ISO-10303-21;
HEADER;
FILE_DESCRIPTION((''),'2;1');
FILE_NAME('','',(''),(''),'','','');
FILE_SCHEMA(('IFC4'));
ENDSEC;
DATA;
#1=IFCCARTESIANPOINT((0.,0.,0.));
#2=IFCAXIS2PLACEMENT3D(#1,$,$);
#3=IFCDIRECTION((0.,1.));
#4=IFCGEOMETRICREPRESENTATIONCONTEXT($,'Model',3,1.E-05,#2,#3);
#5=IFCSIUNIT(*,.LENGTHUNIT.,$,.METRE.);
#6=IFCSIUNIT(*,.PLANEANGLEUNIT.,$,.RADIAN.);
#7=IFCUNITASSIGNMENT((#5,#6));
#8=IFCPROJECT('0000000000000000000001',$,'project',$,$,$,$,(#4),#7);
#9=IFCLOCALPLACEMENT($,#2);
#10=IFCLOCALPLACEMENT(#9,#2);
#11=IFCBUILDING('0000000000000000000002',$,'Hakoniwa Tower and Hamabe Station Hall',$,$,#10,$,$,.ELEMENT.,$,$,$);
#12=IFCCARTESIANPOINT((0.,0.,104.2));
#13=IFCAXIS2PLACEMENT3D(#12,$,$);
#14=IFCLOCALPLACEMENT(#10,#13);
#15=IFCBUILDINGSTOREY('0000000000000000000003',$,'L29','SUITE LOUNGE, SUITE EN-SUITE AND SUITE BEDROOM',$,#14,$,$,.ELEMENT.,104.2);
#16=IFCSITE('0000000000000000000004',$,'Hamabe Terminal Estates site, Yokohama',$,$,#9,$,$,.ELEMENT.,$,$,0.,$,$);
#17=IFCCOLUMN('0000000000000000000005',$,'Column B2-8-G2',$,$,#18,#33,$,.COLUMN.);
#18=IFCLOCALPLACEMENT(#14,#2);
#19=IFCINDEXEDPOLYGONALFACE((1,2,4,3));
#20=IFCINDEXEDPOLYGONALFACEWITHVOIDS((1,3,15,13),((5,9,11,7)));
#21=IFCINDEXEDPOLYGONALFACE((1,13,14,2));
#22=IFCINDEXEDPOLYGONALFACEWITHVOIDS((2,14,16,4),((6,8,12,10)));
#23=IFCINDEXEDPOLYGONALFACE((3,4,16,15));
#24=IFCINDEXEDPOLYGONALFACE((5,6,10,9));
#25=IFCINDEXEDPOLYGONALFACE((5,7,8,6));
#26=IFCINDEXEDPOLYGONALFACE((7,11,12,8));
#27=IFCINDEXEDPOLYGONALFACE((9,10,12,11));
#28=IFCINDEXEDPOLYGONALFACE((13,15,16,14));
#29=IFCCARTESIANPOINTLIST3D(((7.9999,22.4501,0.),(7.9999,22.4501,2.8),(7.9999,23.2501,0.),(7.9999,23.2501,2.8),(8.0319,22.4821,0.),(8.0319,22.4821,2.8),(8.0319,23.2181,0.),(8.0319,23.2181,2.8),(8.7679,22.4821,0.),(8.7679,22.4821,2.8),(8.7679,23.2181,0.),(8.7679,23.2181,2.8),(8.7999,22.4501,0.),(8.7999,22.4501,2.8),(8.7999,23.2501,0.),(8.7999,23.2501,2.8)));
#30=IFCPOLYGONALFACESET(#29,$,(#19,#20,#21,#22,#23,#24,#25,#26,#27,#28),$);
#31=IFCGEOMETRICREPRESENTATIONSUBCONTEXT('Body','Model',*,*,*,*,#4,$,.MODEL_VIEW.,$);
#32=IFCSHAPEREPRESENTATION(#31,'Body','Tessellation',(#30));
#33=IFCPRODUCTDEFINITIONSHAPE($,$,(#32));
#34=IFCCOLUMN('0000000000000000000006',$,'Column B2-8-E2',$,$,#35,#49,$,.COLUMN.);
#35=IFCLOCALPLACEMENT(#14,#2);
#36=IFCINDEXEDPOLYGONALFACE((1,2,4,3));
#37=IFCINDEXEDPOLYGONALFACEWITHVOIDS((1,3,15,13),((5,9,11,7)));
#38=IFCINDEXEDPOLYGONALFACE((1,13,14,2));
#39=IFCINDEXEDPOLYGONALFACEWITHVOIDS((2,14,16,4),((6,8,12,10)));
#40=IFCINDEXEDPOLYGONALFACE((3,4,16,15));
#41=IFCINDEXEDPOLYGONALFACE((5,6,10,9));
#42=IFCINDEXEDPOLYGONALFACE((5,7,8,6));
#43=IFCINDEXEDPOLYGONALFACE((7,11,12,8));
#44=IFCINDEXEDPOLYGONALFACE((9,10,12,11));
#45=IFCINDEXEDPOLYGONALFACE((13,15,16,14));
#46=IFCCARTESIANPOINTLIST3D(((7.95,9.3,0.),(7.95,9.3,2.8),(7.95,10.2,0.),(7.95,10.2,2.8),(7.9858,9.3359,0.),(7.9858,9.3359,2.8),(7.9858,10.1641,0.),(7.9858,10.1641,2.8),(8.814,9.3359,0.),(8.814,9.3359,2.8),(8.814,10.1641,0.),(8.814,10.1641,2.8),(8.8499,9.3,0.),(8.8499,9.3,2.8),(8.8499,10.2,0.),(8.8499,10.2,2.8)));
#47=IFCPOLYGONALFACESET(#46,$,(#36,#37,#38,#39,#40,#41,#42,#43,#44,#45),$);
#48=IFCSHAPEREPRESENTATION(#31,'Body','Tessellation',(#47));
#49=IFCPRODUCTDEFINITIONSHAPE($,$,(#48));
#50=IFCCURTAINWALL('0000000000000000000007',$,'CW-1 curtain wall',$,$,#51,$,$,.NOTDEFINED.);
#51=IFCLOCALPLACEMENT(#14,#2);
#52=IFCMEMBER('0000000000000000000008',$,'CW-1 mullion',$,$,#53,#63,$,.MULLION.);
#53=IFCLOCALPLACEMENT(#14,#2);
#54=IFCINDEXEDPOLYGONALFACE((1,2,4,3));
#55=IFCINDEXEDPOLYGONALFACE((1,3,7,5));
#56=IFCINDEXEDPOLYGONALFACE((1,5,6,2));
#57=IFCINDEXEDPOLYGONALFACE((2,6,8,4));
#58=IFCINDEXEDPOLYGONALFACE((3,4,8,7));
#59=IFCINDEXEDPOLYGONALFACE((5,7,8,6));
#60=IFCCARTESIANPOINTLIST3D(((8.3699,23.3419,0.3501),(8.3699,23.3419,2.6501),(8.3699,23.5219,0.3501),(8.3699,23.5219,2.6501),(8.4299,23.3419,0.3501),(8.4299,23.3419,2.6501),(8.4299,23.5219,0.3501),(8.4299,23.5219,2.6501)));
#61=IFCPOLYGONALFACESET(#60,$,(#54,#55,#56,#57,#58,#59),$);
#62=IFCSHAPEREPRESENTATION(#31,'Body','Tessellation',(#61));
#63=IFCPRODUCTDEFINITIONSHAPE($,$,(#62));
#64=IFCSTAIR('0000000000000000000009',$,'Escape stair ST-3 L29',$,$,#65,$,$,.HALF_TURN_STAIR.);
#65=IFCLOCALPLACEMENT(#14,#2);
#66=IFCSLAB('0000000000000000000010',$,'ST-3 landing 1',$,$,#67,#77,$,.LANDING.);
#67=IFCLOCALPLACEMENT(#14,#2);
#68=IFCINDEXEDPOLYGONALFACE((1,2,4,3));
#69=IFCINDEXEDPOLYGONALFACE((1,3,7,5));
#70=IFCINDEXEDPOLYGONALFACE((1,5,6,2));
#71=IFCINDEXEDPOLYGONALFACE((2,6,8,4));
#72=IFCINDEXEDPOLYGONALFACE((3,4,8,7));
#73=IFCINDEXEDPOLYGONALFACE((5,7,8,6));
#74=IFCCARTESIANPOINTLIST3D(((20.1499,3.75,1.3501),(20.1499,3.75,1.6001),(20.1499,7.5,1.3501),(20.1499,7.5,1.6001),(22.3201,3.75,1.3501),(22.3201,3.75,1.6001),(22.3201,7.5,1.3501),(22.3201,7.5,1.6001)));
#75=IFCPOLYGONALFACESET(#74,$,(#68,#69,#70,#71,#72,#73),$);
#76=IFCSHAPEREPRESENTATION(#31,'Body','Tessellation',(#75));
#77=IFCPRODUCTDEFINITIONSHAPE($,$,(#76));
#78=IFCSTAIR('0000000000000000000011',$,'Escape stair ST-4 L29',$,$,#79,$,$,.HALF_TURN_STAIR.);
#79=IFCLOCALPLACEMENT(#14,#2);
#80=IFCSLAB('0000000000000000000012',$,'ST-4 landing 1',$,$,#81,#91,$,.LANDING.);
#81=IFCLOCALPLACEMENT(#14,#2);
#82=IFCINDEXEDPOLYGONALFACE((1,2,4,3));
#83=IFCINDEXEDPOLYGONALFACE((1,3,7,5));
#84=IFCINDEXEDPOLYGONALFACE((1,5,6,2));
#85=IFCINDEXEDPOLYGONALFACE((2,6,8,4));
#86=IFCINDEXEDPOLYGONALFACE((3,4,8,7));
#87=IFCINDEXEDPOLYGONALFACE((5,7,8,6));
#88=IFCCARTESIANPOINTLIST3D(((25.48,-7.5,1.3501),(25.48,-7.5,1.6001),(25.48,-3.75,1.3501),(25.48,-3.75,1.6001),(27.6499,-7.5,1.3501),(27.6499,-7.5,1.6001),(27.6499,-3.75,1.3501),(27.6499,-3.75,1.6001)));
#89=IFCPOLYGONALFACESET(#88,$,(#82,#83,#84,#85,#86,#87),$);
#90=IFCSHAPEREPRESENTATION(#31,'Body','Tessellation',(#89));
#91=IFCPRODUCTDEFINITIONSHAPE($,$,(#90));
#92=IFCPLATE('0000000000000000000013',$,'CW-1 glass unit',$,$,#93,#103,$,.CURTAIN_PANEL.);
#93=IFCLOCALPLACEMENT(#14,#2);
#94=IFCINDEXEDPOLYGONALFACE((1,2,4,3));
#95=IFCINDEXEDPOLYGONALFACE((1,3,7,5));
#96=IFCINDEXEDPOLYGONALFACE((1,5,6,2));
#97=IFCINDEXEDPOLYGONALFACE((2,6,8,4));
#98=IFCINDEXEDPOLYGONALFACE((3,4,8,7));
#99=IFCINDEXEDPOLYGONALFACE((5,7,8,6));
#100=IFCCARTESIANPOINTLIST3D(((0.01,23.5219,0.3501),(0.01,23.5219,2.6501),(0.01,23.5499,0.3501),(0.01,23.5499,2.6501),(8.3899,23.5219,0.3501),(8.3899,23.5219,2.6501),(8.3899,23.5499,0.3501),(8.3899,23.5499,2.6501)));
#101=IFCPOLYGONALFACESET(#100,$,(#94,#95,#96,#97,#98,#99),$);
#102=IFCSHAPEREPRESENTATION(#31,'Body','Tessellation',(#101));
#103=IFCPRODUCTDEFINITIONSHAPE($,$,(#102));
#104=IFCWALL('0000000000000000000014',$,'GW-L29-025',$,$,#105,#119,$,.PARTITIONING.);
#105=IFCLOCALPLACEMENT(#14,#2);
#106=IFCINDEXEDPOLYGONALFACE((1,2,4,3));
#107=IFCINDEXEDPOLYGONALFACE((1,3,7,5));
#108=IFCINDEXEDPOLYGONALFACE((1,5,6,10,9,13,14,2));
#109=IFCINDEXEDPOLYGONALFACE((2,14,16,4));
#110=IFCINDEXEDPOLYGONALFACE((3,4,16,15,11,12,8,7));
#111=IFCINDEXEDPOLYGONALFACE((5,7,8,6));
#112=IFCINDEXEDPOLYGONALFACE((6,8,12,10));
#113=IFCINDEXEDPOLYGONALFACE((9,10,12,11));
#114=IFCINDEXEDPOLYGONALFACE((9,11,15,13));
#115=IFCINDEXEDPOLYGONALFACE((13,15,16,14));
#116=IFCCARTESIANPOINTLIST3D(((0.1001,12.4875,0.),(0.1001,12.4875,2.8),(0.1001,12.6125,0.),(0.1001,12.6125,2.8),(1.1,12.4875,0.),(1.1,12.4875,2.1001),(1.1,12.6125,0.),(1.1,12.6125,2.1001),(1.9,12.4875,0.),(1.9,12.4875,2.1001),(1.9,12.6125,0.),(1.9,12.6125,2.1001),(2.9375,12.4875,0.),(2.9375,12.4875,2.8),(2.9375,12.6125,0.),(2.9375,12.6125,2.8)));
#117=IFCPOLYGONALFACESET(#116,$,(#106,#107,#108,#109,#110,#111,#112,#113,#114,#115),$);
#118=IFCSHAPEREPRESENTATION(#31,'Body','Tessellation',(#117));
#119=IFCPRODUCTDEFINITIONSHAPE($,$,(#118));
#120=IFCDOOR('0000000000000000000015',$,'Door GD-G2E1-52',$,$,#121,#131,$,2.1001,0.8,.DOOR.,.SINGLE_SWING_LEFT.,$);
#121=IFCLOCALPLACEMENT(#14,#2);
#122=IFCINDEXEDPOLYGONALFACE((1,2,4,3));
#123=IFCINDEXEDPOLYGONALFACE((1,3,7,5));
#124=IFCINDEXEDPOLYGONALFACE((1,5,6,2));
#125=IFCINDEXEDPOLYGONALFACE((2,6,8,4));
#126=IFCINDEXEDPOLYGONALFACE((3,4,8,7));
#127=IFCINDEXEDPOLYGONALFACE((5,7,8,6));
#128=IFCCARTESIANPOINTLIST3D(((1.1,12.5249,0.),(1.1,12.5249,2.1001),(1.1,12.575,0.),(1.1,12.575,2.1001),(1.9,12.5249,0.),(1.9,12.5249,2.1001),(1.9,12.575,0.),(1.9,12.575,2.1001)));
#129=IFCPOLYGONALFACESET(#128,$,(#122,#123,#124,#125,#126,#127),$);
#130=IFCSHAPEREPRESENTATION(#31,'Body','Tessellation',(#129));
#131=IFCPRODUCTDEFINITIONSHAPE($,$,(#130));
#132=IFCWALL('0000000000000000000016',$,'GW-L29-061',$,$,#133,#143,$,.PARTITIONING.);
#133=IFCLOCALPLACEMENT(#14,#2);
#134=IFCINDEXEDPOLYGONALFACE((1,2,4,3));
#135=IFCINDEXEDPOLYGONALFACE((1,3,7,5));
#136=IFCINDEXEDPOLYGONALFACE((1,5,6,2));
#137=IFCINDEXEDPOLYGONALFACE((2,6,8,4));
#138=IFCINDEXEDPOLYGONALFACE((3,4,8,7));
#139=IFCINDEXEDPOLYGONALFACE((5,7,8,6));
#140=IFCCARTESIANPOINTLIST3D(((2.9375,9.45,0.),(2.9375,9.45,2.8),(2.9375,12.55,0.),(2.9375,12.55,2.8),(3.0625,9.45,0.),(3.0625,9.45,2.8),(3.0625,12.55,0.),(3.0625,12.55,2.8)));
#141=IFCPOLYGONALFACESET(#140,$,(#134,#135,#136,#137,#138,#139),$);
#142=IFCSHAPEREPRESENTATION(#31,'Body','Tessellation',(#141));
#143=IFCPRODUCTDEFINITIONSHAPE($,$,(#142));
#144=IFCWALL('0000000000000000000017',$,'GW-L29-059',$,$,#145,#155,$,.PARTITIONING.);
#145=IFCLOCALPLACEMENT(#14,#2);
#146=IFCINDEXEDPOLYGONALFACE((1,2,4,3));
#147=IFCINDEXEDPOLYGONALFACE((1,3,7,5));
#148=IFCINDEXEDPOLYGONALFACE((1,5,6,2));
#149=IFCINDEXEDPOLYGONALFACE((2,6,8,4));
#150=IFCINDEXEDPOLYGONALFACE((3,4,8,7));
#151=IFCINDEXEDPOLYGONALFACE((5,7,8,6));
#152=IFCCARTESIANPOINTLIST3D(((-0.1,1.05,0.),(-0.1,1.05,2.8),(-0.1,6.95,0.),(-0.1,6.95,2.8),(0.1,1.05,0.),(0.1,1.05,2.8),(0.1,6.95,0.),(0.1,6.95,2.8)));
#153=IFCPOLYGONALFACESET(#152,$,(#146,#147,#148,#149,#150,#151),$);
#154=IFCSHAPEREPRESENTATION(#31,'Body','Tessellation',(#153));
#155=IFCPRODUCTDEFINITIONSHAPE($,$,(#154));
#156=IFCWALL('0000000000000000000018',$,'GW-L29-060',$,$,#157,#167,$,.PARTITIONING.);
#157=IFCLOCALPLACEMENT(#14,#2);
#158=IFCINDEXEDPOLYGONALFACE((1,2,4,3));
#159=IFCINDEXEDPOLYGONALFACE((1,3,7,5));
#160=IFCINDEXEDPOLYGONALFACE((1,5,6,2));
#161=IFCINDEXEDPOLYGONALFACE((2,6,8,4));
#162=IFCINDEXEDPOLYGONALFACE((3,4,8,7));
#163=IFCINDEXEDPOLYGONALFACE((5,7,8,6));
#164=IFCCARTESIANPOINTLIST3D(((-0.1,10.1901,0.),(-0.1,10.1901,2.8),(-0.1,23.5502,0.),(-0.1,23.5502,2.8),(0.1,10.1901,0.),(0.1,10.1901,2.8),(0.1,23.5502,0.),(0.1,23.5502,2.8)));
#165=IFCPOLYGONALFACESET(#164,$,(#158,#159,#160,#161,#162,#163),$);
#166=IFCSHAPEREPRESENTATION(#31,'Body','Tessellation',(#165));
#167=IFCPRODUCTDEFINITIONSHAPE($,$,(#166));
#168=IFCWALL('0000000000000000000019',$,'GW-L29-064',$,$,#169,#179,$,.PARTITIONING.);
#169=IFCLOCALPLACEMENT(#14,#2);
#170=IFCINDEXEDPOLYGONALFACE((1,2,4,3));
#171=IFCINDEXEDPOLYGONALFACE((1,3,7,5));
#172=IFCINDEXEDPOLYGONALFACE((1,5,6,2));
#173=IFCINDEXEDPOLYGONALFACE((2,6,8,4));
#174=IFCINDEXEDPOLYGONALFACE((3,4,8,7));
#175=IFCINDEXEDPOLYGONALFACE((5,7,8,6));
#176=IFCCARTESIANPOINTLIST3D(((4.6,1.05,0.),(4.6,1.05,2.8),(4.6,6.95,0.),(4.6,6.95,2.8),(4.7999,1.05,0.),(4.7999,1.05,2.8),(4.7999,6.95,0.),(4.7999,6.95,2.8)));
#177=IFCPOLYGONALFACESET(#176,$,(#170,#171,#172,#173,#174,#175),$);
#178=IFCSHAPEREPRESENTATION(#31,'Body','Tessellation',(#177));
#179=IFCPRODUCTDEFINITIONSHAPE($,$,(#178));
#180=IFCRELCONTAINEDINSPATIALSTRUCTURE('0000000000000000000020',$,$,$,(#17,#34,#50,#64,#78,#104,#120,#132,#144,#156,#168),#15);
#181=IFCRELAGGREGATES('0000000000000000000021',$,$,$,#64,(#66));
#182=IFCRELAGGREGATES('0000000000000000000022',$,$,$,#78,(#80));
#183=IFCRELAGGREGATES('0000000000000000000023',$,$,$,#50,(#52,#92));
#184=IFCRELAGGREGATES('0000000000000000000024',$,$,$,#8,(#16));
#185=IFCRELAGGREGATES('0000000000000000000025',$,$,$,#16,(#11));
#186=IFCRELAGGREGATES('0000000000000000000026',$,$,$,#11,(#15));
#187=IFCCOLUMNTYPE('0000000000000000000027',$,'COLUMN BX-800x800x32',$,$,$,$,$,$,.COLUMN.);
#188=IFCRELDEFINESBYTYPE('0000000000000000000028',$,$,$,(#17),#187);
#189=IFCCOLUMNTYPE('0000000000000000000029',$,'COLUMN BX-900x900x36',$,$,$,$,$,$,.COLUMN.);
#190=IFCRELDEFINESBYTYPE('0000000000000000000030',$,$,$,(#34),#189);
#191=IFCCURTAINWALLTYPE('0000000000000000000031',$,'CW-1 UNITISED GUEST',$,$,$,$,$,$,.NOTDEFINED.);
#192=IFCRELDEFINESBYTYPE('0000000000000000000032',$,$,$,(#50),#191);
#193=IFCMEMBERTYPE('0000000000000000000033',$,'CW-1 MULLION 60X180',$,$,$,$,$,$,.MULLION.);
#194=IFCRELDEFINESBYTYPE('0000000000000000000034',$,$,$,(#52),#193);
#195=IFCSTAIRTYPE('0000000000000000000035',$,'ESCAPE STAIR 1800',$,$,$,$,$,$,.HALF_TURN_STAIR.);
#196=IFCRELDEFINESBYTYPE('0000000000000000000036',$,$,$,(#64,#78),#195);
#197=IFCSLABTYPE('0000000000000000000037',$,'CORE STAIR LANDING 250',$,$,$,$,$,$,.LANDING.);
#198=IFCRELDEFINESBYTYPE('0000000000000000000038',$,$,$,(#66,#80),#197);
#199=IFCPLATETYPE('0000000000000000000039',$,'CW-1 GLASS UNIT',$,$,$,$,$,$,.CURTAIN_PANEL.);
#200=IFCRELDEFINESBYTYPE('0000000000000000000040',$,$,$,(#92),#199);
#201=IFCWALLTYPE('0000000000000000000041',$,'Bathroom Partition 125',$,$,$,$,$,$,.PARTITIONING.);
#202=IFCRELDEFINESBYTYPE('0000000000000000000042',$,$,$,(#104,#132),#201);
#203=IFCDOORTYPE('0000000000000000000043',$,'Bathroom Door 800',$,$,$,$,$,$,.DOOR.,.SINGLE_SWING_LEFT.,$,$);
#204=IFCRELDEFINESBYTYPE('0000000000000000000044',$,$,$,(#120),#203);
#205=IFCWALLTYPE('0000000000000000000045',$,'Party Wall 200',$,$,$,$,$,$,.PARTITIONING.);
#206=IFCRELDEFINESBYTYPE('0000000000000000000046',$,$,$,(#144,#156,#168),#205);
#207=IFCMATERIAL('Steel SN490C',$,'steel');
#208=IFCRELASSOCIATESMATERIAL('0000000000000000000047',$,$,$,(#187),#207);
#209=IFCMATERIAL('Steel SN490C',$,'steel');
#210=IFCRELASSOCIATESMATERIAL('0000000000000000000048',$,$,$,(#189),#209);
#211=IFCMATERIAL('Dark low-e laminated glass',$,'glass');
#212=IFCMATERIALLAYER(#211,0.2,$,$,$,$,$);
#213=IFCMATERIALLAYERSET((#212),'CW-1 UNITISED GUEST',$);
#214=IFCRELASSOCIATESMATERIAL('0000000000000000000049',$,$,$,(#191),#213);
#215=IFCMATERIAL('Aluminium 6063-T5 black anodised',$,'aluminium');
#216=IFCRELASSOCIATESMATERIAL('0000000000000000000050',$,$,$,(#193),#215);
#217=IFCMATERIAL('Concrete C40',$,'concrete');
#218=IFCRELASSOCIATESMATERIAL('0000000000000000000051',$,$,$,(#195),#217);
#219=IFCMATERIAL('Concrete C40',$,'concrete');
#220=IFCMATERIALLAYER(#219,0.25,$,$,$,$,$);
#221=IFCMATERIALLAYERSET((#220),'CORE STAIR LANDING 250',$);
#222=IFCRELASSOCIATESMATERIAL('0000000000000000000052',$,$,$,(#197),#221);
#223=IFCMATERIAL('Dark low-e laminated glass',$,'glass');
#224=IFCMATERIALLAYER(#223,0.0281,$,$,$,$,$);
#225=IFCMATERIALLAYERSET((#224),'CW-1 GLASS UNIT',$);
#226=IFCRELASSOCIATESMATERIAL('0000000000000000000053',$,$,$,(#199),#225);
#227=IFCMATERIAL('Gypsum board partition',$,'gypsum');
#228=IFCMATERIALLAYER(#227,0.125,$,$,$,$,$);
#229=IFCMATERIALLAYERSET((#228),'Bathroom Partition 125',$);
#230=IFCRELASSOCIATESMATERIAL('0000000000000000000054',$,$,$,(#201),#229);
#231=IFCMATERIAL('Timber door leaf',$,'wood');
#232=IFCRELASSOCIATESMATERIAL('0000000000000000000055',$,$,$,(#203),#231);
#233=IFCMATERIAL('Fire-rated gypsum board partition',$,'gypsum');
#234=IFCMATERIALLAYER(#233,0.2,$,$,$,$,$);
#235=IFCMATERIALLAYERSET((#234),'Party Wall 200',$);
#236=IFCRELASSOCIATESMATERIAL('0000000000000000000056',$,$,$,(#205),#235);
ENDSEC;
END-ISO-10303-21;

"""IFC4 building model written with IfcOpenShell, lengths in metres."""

from ifc_helpers import new_model, si_unit, direction, frame, frame_2d, origin, origin_2d, place, context, subcontext, project, spatial, polyline, rectangle, hollow_rectangle, outline, extrude, material, layer, layer_set, material_profile, profile_set, type_object, element, fill, aggregate, save


model = new_model("IFC4")

# Units and contexts
model_context = context("Model", 3, precision=1e-05, world=origin(), true_north=direction((0.0, 1.0)))
body_context = subcontext(model_context, "Body", "Model", "MODEL_VIEW")
ifc_project = project(units=[si_unit("LENGTHUNIT", "METRE"), si_unit("PLANEANGLEUNIT", "RADIAN")], contexts=[model_context])

# Site, building, storey
site_placement = place(None, origin())
site = spatial("IfcSite", under=ifc_project, at=site_placement, Name="Hamabe Terminal Estates site, Yokohama", CompositionType="ELEMENT", RefElevation=0.0)
building_placement = place(site_placement, origin())
building = spatial("IfcBuilding", under=site, at=building_placement, Name="Hakoniwa Tower and Hamabe Station Hall", CompositionType="ELEMENT")
storey_placement = place(building_placement, frame((0.0, 0.0, 104.2)))
storey = spatial("IfcBuildingStorey", under=building, at=storey_placement, Name="L29", Description="SUITE LOUNGE, SUITE EN-SUITE AND SUITE BEDROOM", CompositionType="ELEMENT", Elevation=104.2)

# Columns
ifc_material_1 = material(Name="Steel SN490C", Category="steel")
ifc_material_profile_1 = material_profile(ifc_material_1, hollow_rectangle(XDim=0.8, YDim=0.8, WallThickness=0.032, at=origin_2d()), Name="BX-800x800x32")
ifc_profile_set_1 = profile_set([ifc_material_profile_1], Name="Steel SN490C")
column_type_1 = type_object("IfcColumnType", Name="COLUMN BX-800x800x32", PredefinedType="COLUMN", material=ifc_profile_set_1)
column_1_placement = place(storey_placement, frame((8.3999, 22.8501, 0.0), z_axis=(0.0, 0.0, 1.0), x_axis=(1.0, 0.0, 0.0)))
element("IfcColumn", 1, at=column_1_placement, inside=storey, type_object=column_type_1, Name="Column B2-8-G2", PredefinedType="COLUMN", context=body_context, shape_type="SweptSolid", body=[
    extrude(hollow_rectangle(XDim=0.8, YDim=0.8, WallThickness=0.032, at=origin_2d()), origin(), (0.0, 0.0, 1.0), 2.8),
])
ifc_material_2 = material(Name="Steel SN490C", Category="steel")
ifc_material_profile_2 = material_profile(ifc_material_2, hollow_rectangle(XDim=0.8999, YDim=0.8999, WallThickness=0.0359, at=origin_2d()), Name="BX-900x900x36")
ifc_profile_set_2 = profile_set([ifc_material_profile_2], Name="Steel SN490C")
column_type_2 = type_object("IfcColumnType", Name="COLUMN BX-900x900x36", PredefinedType="COLUMN", material=ifc_profile_set_2)
column_2_placement = place(storey_placement, frame((8.3999, 9.75, 0.0), z_axis=(0.0, 0.0, 1.0), x_axis=(1.0, 0.0, 0.0)))
element("IfcColumn", 2, at=column_2_placement, inside=storey, type_object=column_type_2, Name="Column B2-8-E2", PredefinedType="COLUMN", context=body_context, shape_type="SweptSolid", body=[
    extrude(hollow_rectangle(XDim=0.8999, YDim=0.8999, WallThickness=0.0359, at=origin_2d()), origin(), (0.0, 0.0, 1.0), 2.8),
])

# Curtain wall, member
ifc_material_3 = material(Name="Dark low-e laminated glass", Category="glass")
ifc_layer_1 = layer(ifc_material_3, 0.2)
ifc_layer_set_1 = layer_set([ifc_layer_1], Name="CW-1 UNITISED GUEST")
curtain_wall_type = type_object("IfcCurtainWallType", Name="CW-1 UNITISED GUEST", PredefinedType="NOTDEFINED", material=ifc_layer_set_1)
curtain_wall_placement = place(storey_placement, origin())
curtain_wall = element("IfcCurtainWall", 3, at=curtain_wall_placement, inside=storey, type_object=curtain_wall_type, Name="CW-1 curtain wall", PredefinedType="NOTDEFINED")
ifc_material_4 = material(Name="Aluminium 6063-T5 black anodised", Category="aluminium")
ifc_material_profile_3 = material_profile(ifc_material_4, rectangle(XDim=0.0601, YDim=0.1799, at=origin_2d()), Name="CW-1 MULLION 60X180")
ifc_profile_set_3 = profile_set([ifc_material_profile_3], Name="Aluminium 6063-T5 black anodised")
member_type = type_object("IfcMemberType", Name="CW-1 MULLION 60X180", PredefinedType="MULLION", material=ifc_profile_set_3)
member_placement = place(storey_placement, frame((8.3999, 23.4319, 0.3501), z_axis=(0.0, 0.0, 1.0), x_axis=(-1.0, 0.0, 0.0)))
member = element("IfcMember", 4, at=member_placement, type_object=member_type, Name="CW-1 mullion", PredefinedType="MULLION", context=body_context, shape_type="SweptSolid", body=[
    extrude(rectangle(XDim=0.0601, YDim=0.1799, at=origin_2d()), origin(), (0.0, 0.0, 1.0), 2.3),
])

# Stairs, slabs
ifc_material_5 = material(Name="Concrete C40", Category="concrete")
stair_type = type_object("IfcStairType", Name="ESCAPE STAIR 1800", PredefinedType="HALF_TURN_STAIR", material=ifc_material_5)
stair_1_placement = place(storey_placement, origin())
stair_1 = element("IfcStair", 5, at=stair_1_placement, inside=storey, type_object=stair_type, Name="Escape stair ST-3 L29", PredefinedType="HALF_TURN_STAIR")
ifc_material_6 = material(Name="Concrete C40", Category="concrete")
ifc_layer_2 = layer(ifc_material_6, 0.25)
ifc_layer_set_2 = layer_set([ifc_layer_2], Name="CORE STAIR LANDING 250")
slab_type = type_object("IfcSlabType", Name="CORE STAIR LANDING 250", PredefinedType="LANDING", material=ifc_layer_set_2)
slab_1_placement = place(storey_placement, frame((0.0, 0.0, 1.3501)))
slab_1 = element("IfcSlab", 6, at=slab_1_placement, type_object=slab_type, Name="ST-3 landing 1", PredefinedType="LANDING", context=body_context, shape_type="SweptSolid", body=[
    extrude(outline(polyline([(22.3201, 3.75), (20.1499, 3.75), (20.1499, 7.5), (22.3201, 7.5), (22.3201, 3.75)])), origin(), (0.0, 0.0, 1.0), 0.25),
])
aggregate(stair_1, [slab_1])
stair_2_placement = place(storey_placement, origin())
stair_2 = element("IfcStair", 7, at=stair_2_placement, inside=storey, type_object=stair_type, Name="Escape stair ST-4 L29", PredefinedType="HALF_TURN_STAIR")
slab_2_placement = place(storey_placement, frame((0.0, 0.0, 1.3501)))
slab_2 = element("IfcSlab", 8, at=slab_2_placement, type_object=slab_type, Name="ST-4 landing 1", PredefinedType="LANDING", context=body_context, shape_type="SweptSolid", body=[
    extrude(outline(polyline([(25.48, -7.5), (27.6499, -7.5), (27.6499, -3.75), (25.48, -3.75), (25.48, -7.5)])), origin(), (0.0, 0.0, 1.0), 0.25),
])
aggregate(stair_2, [slab_2])

# Plate
ifc_material_7 = material(Name="Dark low-e laminated glass", Category="glass")
ifc_layer_3 = layer(ifc_material_7, 0.0281)
ifc_layer_set_3 = layer_set([ifc_layer_3], Name="CW-1 GLASS UNIT")
plate_type = type_object("IfcPlateType", Name="CW-1 GLASS UNIT", PredefinedType="CURTAIN_PANEL", material=ifc_layer_set_3)
plate_placement = place(storey_placement, frame((4.2, 23.5359, 0.3501), z_axis=(0.0, 0.0, 1.0), x_axis=(-1.0, 0.0, 0.0)))
plate = element("IfcPlate", 9, at=plate_placement, type_object=plate_type, Name="CW-1 glass unit", PredefinedType="CURTAIN_PANEL", context=body_context, shape_type="SweptSolid", body=[
    extrude(rectangle(XDim=8.3799, YDim=0.0281, at=origin_2d()), origin(), (0.0, 0.0, 1.0), 2.3),
])
aggregate(curtain_wall, [member, plate])

# Wall, opening, door
ifc_material_8 = material(Name="Gypsum board partition", Category="gypsum")
ifc_layer_4 = layer(ifc_material_8, 0.125)
ifc_layer_set_4 = layer_set([ifc_layer_4], Name="Bathroom Partition 125")
wall_type_1 = type_object("IfcWallType", Name="Bathroom Partition 125", PredefinedType="PARTITIONING", material=ifc_layer_set_4)
wall_1_placement = place(storey_placement, frame((0.1001, 12.55, 0.0), z_axis=(0.0, 0.0, 1.0), x_axis=(1.0, 0.0, 0.0)))
wall_1 = element("IfcWall", 10, at=wall_1_placement, inside=storey, type_object=wall_type_1, Name="GW-L29-025", PredefinedType="PARTITIONING", context=body_context, shape_type="SweptSolid", body=[
    extrude(rectangle(XDim=2.8374, YDim=0.125, at=frame_2d((1.4187, 0.0))), origin(), (0.0, 0.0, 1.0), 2.8),
])
opening_1_placement = place(wall_1_placement, frame((1.0, 0.0, 0.0)))
opening_1 = element("IfcOpeningElement", 11, at=opening_1_placement, cuts=wall_1, PredefinedType="OPENING", context=body_context, shape_type="SweptSolid", body=[
    extrude(rectangle(XDim=0.8, YDim=2.1001, at=frame_2d((0.3999, 1.05))), frame((0.0, 0.0725, 0.0), z_axis=(0.0, -1.0, 0.0), x_axis=(1.0, 0.0, 0.0)), (0.0, 0.0, 1.0), 0.145),
])
ifc_material_9 = material(Name="Timber door leaf", Category="wood")
door_type_1 = type_object("IfcDoorType", Name="Bathroom Door 800", OperationType="SINGLE_SWING_LEFT", PredefinedType="DOOR", material=ifc_material_9)
door_1_placement = place(opening_1_placement, origin())
door_1 = element("IfcDoor", 12, at=door_1_placement, inside=storey, type_object=door_type_1, Name="Door GD-G2E1-52", OperationType="SINGLE_SWING_LEFT", OverallHeight=2.1001, OverallWidth=0.8, PredefinedType="DOOR", context=body_context, shape_type="SweptSolid", body=[
    extrude(rectangle(XDim=0.8, YDim=2.1001, at=frame_2d((0.3999, 1.05))), frame((0.0, 0.0249, 0.0), z_axis=(0.0, -1.0, 0.0), x_axis=(1.0, 0.0, 0.0)), (0.0, 0.0, 1.0), 0.05),
])
fill(opening_1, door_1)

# Walls
wall_2_placement = place(storey_placement, frame((3.0, 9.45, 0.0), z_axis=(0.0, 0.0, 1.0), x_axis=(0.0, 1.0, 0.0)))
element("IfcWall", 13, at=wall_2_placement, inside=storey, type_object=wall_type_1, Name="GW-L29-061", PredefinedType="PARTITIONING", context=body_context, shape_type="SweptSolid", body=[
    extrude(rectangle(XDim=3.1001, YDim=0.125, at=frame_2d((1.55, 0.0))), origin(), (0.0, 0.0, 1.0), 2.8),
])
ifc_material_10 = material(Name="Fire-rated gypsum board partition", Category="gypsum")
ifc_layer_5 = layer(ifc_material_10, 0.2)
ifc_layer_set_5 = layer_set([ifc_layer_5], Name="Party Wall 200")
wall_type_2 = type_object("IfcWallType", Name="Party Wall 200", PredefinedType="PARTITIONING", material=ifc_layer_set_5)
wall_3_placement = place(storey_placement, frame((0.0, 1.05, 0.0), z_axis=(0.0, 0.0, 1.0), x_axis=(0.0, 1.0, 0.0)))
element("IfcWall", 14, at=wall_3_placement, inside=storey, type_object=wall_type_2, Name="GW-L29-059", PredefinedType="PARTITIONING", context=body_context, shape_type="SweptSolid", body=[
    extrude(rectangle(XDim=5.8999, YDim=0.2, at=frame_2d((2.95, 0.0))), origin(), (0.0, 0.0, 1.0), 2.8),
])
wall_4_placement = place(storey_placement, frame((0.0, 10.1899, 0.0), z_axis=(0.0, 0.0, 1.0), x_axis=(0.0, 1.0, 0.0)))
element("IfcWall", 15, at=wall_4_placement, inside=storey, type_object=wall_type_2, Name="GW-L29-060", PredefinedType="PARTITIONING", context=body_context, shape_type="SweptSolid", body=[
    extrude(rectangle(XDim=13.3601, YDim=0.2, at=frame_2d((6.6802, 0.0))), origin(), (0.0, 0.0, 1.0), 2.8),
])
for number, where, z_axis, x_axis, name in (
    (16, (4.7, 1.05, 0.0), (0.0, 0.0, 1.0), (0.0, 1.0, 0.0), "GW-L29-064"),
):
    element("IfcWall", number, at=place(storey_placement, frame(where, z_axis=z_axis, x_axis=x_axis)), inside=storey, type_object=wall_type_2, Name=name, PredefinedType="PARTITIONING", context=body_context, shape_type="SweptSolid", body=[
        extrude(rectangle(XDim=5.8999, YDim=0.2, at=frame_2d((2.95, 0.0))), origin(), (0.0, 0.0, 1.0), 2.8),
    ])

save(model, "model.ifc")
